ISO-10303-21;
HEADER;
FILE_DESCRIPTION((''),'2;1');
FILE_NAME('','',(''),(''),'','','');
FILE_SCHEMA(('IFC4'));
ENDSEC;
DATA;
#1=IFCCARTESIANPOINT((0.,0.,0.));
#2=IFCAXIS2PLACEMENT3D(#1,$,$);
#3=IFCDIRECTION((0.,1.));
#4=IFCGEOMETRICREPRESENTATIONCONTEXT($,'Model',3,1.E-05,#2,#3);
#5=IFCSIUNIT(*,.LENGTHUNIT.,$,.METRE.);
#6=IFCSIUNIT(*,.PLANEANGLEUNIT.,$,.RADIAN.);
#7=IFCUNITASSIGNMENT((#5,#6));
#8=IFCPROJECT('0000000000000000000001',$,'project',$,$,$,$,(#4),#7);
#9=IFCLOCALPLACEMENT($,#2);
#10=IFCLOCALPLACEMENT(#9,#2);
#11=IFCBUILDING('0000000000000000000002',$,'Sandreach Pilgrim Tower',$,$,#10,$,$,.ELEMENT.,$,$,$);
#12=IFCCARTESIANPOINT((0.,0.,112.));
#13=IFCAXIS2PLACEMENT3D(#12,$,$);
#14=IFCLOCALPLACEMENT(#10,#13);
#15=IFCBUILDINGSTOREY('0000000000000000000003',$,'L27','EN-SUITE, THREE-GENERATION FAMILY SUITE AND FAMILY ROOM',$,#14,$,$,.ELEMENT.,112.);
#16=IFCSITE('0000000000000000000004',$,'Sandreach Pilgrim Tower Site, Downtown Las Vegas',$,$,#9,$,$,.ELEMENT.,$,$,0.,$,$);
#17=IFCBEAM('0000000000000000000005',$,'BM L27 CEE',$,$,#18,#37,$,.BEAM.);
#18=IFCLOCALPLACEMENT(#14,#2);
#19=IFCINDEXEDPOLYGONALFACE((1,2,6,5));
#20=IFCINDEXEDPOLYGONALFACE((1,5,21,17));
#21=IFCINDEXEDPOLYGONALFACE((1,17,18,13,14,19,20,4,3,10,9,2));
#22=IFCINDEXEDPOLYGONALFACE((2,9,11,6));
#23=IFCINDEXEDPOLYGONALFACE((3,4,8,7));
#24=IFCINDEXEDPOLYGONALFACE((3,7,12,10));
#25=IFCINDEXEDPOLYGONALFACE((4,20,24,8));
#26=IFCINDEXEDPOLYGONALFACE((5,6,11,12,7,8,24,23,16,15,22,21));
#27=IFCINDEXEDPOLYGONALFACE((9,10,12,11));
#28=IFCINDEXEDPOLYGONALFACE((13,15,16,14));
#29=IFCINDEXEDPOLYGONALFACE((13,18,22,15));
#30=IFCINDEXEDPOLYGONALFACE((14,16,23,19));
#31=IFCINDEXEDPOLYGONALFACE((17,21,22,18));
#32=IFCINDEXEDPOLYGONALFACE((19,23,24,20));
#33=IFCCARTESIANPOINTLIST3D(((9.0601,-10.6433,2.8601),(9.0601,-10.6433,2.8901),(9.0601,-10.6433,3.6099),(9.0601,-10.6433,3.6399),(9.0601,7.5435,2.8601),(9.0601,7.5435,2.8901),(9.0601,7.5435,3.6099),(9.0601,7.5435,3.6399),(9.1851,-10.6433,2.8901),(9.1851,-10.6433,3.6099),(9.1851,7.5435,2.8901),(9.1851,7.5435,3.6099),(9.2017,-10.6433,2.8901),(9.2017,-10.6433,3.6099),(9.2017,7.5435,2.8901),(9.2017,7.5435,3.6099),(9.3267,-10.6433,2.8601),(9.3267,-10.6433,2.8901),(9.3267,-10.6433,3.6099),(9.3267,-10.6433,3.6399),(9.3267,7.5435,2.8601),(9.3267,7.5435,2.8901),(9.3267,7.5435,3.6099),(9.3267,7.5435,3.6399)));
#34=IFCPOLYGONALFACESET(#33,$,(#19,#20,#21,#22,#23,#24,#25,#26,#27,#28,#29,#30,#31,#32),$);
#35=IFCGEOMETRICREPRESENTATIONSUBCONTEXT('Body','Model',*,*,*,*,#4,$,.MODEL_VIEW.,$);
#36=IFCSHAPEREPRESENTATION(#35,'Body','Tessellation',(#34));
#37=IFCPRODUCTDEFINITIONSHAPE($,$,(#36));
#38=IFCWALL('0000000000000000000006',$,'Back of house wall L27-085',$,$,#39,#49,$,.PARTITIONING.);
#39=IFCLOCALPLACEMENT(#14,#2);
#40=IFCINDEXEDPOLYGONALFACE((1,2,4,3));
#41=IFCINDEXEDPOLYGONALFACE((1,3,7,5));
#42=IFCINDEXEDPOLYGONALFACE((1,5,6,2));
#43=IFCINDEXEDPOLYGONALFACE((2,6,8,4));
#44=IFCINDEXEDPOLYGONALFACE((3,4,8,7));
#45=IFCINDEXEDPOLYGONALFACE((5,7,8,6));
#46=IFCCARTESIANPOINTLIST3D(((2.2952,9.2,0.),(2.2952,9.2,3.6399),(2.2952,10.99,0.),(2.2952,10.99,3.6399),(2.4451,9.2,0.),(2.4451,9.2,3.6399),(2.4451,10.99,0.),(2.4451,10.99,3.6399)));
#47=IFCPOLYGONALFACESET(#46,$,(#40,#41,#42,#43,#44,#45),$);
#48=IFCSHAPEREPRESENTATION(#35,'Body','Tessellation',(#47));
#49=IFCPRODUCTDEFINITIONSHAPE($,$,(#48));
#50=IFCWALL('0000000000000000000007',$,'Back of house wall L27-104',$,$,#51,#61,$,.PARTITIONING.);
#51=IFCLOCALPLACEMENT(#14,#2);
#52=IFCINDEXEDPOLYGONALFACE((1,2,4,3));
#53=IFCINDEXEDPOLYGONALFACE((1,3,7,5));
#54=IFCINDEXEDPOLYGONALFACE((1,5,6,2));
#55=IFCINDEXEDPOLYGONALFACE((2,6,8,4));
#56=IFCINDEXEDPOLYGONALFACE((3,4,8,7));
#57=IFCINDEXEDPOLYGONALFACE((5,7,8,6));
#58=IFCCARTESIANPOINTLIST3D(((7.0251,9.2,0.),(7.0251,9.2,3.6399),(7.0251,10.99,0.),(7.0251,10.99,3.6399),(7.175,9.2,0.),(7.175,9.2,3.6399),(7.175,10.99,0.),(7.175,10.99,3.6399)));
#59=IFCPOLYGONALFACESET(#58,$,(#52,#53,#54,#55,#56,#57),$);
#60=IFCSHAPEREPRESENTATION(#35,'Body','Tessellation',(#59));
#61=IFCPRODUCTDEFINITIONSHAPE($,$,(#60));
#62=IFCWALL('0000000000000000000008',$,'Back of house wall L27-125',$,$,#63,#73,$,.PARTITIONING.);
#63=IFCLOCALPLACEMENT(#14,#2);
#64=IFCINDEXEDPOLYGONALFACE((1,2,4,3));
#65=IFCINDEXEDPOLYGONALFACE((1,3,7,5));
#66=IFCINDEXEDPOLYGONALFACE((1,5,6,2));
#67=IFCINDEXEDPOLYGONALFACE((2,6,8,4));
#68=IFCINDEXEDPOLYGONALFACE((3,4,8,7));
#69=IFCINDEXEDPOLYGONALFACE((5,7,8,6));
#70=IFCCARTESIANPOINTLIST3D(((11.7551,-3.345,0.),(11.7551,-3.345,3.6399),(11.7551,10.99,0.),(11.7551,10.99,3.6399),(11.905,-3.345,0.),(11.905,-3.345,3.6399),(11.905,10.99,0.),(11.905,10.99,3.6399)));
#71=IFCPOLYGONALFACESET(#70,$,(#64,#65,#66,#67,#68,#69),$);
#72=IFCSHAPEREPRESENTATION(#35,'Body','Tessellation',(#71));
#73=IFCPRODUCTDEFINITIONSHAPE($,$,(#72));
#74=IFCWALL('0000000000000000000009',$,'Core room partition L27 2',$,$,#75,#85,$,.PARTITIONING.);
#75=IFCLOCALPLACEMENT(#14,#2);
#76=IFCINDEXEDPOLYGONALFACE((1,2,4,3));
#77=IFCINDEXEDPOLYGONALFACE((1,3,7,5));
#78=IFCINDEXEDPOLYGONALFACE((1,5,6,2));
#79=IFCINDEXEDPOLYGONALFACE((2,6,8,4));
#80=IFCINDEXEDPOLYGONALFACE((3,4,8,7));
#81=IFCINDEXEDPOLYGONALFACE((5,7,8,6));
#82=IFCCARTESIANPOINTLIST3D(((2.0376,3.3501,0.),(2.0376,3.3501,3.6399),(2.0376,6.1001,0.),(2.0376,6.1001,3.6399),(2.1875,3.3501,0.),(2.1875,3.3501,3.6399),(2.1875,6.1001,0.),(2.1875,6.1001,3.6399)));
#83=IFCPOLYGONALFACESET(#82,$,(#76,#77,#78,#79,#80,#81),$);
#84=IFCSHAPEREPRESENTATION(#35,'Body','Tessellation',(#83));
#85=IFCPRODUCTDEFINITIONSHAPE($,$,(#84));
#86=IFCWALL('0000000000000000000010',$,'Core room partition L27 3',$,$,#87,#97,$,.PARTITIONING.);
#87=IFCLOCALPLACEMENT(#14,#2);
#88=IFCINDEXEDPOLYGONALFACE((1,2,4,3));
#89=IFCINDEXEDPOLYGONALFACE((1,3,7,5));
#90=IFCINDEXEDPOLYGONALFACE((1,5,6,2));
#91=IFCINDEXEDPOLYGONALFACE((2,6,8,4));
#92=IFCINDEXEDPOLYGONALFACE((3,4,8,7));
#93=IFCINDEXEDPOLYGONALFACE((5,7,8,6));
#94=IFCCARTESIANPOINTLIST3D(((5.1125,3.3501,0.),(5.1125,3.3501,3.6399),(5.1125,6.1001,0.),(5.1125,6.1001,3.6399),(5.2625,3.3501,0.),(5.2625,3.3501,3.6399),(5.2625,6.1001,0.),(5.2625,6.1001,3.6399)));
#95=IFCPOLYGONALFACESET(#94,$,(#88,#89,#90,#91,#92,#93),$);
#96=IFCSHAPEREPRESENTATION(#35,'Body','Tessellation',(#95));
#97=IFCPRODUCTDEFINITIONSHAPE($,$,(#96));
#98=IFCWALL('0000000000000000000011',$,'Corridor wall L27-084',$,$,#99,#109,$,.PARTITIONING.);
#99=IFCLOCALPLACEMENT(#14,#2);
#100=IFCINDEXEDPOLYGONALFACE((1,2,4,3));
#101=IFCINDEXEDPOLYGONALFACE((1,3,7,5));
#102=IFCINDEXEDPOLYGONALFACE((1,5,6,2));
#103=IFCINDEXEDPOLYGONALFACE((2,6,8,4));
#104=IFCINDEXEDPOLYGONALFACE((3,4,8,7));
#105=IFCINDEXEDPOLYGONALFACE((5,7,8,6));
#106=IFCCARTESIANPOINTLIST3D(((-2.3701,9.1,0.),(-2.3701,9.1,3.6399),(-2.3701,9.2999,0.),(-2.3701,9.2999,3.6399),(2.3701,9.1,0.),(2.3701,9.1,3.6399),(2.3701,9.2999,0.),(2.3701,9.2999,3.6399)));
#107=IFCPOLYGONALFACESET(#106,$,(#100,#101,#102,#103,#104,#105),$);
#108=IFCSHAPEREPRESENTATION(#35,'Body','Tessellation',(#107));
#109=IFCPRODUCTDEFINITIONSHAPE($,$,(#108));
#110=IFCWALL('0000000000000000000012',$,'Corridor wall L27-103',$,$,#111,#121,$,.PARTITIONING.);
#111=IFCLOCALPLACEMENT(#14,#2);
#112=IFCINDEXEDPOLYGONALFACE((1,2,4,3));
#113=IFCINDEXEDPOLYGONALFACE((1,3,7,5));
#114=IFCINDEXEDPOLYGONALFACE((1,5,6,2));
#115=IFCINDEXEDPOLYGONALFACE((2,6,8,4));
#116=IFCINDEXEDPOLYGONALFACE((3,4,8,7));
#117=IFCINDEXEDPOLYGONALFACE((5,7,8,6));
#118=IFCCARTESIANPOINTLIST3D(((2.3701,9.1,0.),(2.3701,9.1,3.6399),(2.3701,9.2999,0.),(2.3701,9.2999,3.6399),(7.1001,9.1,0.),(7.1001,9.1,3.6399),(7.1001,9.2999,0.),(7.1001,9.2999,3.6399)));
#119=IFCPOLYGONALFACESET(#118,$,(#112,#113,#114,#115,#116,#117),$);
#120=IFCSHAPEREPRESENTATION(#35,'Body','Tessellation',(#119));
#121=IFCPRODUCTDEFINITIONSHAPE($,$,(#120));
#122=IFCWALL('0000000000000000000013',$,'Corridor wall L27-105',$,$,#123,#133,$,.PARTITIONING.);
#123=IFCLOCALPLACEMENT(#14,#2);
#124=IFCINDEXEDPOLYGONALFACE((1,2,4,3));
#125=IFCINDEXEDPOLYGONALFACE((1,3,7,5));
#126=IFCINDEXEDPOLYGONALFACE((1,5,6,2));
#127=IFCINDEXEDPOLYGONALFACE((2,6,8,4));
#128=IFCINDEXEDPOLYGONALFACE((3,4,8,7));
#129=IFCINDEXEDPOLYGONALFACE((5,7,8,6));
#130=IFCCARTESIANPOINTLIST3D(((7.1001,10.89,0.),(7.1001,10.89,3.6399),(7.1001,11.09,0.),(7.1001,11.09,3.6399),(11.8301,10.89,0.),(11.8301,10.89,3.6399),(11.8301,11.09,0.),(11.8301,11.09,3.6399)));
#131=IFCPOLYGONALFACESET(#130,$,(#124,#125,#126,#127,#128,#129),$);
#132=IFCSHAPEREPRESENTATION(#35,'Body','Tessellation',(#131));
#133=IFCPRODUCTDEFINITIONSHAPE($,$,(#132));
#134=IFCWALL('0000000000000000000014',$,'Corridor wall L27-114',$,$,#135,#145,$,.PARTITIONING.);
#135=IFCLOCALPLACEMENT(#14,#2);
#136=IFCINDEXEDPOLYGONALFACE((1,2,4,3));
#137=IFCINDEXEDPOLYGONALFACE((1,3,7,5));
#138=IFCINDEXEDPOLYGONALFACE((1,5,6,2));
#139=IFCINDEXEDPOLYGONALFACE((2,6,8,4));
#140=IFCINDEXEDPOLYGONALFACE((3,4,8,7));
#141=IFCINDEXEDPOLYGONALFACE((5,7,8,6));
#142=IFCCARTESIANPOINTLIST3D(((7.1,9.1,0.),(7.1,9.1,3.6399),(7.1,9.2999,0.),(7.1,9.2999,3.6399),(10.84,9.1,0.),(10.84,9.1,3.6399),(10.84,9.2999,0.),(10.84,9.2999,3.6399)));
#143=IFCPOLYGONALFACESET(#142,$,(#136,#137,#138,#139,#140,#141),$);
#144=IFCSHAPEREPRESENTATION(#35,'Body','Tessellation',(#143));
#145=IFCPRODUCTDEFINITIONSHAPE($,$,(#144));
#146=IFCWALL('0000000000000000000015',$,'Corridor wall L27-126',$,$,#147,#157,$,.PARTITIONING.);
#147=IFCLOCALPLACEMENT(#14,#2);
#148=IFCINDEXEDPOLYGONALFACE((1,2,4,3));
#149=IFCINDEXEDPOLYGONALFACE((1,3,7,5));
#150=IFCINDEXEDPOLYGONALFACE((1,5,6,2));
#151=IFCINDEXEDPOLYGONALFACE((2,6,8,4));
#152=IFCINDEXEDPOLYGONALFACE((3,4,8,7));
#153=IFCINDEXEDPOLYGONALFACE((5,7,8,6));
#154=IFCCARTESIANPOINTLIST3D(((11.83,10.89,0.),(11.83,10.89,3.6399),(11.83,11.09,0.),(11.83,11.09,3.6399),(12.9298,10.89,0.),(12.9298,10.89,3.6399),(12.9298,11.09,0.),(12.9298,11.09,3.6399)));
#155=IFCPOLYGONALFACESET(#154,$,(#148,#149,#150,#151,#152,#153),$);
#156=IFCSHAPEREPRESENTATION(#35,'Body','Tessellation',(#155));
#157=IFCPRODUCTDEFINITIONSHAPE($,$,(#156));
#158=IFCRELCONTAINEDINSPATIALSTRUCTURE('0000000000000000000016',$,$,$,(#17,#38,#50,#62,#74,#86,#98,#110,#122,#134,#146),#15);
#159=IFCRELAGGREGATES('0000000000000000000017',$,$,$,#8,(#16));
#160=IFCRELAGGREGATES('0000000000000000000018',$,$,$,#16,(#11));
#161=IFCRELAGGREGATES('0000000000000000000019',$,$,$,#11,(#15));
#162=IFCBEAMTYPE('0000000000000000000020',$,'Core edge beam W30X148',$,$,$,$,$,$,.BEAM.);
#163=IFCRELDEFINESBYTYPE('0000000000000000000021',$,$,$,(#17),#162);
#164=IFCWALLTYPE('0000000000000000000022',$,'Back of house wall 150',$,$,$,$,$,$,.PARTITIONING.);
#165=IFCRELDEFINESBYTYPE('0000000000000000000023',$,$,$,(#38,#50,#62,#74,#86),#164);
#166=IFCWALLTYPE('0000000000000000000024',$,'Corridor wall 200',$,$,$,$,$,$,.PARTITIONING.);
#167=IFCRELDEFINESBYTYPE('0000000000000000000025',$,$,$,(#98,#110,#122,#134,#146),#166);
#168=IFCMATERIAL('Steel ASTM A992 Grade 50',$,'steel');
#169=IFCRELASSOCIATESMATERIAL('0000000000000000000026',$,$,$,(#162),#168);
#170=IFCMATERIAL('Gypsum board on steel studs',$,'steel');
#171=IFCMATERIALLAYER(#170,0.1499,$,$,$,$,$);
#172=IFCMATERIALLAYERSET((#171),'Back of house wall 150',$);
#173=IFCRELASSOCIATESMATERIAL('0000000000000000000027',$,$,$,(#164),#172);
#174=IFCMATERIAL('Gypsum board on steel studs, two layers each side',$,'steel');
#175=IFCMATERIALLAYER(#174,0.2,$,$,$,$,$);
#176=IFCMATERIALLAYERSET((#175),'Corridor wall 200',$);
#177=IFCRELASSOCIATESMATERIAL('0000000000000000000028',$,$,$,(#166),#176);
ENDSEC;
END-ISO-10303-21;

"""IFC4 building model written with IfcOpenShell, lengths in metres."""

from ifc_helpers import new_model, si_unit, direction, frame, frame_2d, origin, origin_2d, place, context, subcontext, project, spatial, rectangle, i_section, extrude, material, layer, layer_set, material_profile, profile_set, type_object, element, save


model = new_model("IFC4")

# Units and contexts
model_context = context("Model", 3, precision=1e-05, world=origin(), true_north=direction((0.0, 1.0)))
body_context = subcontext(model_context, "Body", "Model", "MODEL_VIEW")
ifc_project = project(units=[si_unit("LENGTHUNIT", "METRE"), si_unit("PLANEANGLEUNIT", "RADIAN")], contexts=[model_context])

# Site, building, storey
site_placement = place(None, origin())
site = spatial("IfcSite", under=ifc_project, at=site_placement, Name="Sandreach Pilgrim Tower Site, Downtown Las Vegas", CompositionType="ELEMENT", RefElevation=0.0)
building_placement = place(site_placement, origin())
building = spatial("IfcBuilding", under=site, at=building_placement, Name="Sandreach Pilgrim Tower", CompositionType="ELEMENT")
storey_placement = place(building_placement, frame((0.0, 0.0, 112.0)))
storey = spatial("IfcBuildingStorey", under=building, at=storey_placement, Name="L27", Description="EN-SUITE, THREE-GENERATION FAMILY SUITE AND FAMILY ROOM", CompositionType="ELEMENT", Elevation=112.0)

# Beam
ifc_material_1 = material(Name="Steel ASTM A992 Grade 50", Category="steel")
ifc_material_profile = material_profile(ifc_material_1, i_section(OverallWidth=0.2666, OverallDepth=0.7798, WebThickness=0.0166, FlangeThickness=0.03, at=origin_2d()), Name="W30X148")
ifc_profile_set = profile_set([ifc_material_profile], Name="Steel ASTM A992 Grade 50")
beam_type = type_object("IfcBeamType", Name="Core edge beam W30X148", PredefinedType="BEAM", material=ifc_profile_set)
beam_placement = place(storey_placement, frame((9.1934, 7.5435, 3.25), z_axis=(0.0, -1.0, 0.0), x_axis=(1.0, 0.0, 0.0)))
element("IfcBeam", 1, at=beam_placement, inside=storey, type_object=beam_type, Name="BM L27 CEE", PredefinedType="BEAM", context=body_context, shape_type="SweptSolid", body=[
    extrude(i_section(OverallWidth=0.2666, OverallDepth=0.7798, WebThickness=0.0166, FlangeThickness=0.03, at=origin_2d()), origin(), (0.0, 0.0, 1.0), 18.1868),
])

# Walls
ifc_material_2 = material(Name="Gypsum board on steel studs", Category="steel")
ifc_layer_1 = layer(ifc_material_2, 0.1499)
ifc_layer_set_1 = layer_set([ifc_layer_1], Name="Back of house wall 150")
wall_type_1 = type_object("IfcWallType", Name="Back of house wall 150", PredefinedType="PARTITIONING", material=ifc_layer_set_1)
for number, where, z_axis, x_axis, name in (
    (2, (2.3701, 10.99, 0.0), (0.0, 0.0, 1.0), (0.0, -1.0, 0.0), "Back of house wall L27-085"),
    (3, (7.1001, 10.99, 0.0), (0.0, 0.0, 1.0), (0.0, -1.0, 0.0), "Back of house wall L27-104"),
):
    element("IfcWall", number, at=place(storey_placement, frame(where, z_axis=z_axis, x_axis=x_axis)), inside=storey, type_object=wall_type_1, Name=name, PredefinedType="PARTITIONING", context=body_context, shape_type="SweptSolid", body=[
        extrude(rectangle(XDim=1.79, YDim=0.1499, at=frame_2d((0.895, 0.0))), origin(), (0.0, 0.0, 1.0), 3.6399),
    ])
wall_1_placement = place(storey_placement, frame((11.8301, 10.99, 0.0), z_axis=(0.0, 0.0, 1.0), x_axis=(0.0, -1.0, 0.0)))
element("IfcWall", 4, at=wall_1_placement, inside=storey, type_object=wall_type_1, Name="Back of house wall L27-125", PredefinedType="PARTITIONING", context=body_context, shape_type="SweptSolid", body=[
    extrude(rectangle(XDim=14.335, YDim=0.1499, at=frame_2d((7.1675, 0.0))), origin(), (0.0, 0.0, 1.0), 3.6399),
])
for number, where, z_axis, x_axis, name in (
    (5, (2.1125, 3.3501, 0.0), (0.0, 0.0, 1.0), (0.0, 1.0, 0.0), "Core room partition L27 2"),
    (6, (5.1875, 3.3501, 0.0), (0.0, 0.0, 1.0), (0.0, 1.0, 0.0), "Core room partition L27 3"),
):
    element("IfcWall", number, at=place(storey_placement, frame(where, z_axis=z_axis, x_axis=x_axis)), inside=storey, type_object=wall_type_1, Name=name, PredefinedType="PARTITIONING", context=body_context, shape_type="SweptSolid", body=[
        extrude(rectangle(XDim=2.75, YDim=0.1499, at=frame_2d((1.375, 0.0))), origin(), (0.0, 0.0, 1.0), 3.6399),
    ])

# Wall
ifc_material_3 = material(Name="Gypsum board on steel studs, two layers each side", Category="steel")
ifc_layer_2 = layer(ifc_material_3, 0.2)
ifc_layer_set_2 = layer_set([ifc_layer_2], Name="Corridor wall 200")
wall_type_2 = type_object("IfcWallType", Name="Corridor wall 200", PredefinedType="PARTITIONING", material=ifc_layer_set_2)
wall_2_placement = place(storey_placement, frame((2.3701, 9.2, 0.0), z_axis=(0.0, 0.0, 1.0), x_axis=(-1.0, 0.0, 0.0)))
element("IfcWall", 7, at=wall_2_placement, inside=storey, type_object=wall_type_2, Name="Corridor wall L27-084", PredefinedType="PARTITIONING", context=body_context, shape_type="SweptSolid", body=[
    extrude(rectangle(XDim=4.7402, YDim=0.2, at=frame_2d((2.3701, 0.0))), origin(), (0.0, 0.0, 1.0), 3.6399),
])

# Walls
for number, where, z_axis, x_axis, name in (
    (8, (7.1001, 9.2, 0.0), (0.0, 0.0, 1.0), (-1.0, 0.0, 0.0), "Corridor wall L27-103"),
    (9, (7.1001, 10.99, 0.0), (0.0, 0.0, 1.0), (1.0, 0.0, 0.0), "Corridor wall L27-105"),
):
    element("IfcWall", number, at=place(storey_placement, frame(where, z_axis=z_axis, x_axis=x_axis)), inside=storey, type_object=wall_type_2, Name=name, PredefinedType="PARTITIONING", context=body_context, shape_type="SweptSolid", body=[
        extrude(rectangle(XDim=4.73, YDim=0.2, at=frame_2d((2.365, 0.0))), origin(), (0.0, 0.0, 1.0), 3.6399),
    ])
wall_3_placement = place(storey_placement, frame((10.8401, 9.2, 0.0), z_axis=(0.0, 0.0, 1.0), x_axis=(-1.0, 0.0, 0.0)))
element("IfcWall", 10, at=wall_3_placement, inside=storey, type_object=wall_type_2, Name="Corridor wall L27-114", PredefinedType="PARTITIONING", context=body_context, shape_type="SweptSolid", body=[
    extrude(rectangle(XDim=3.74, YDim=0.2, at=frame_2d((1.8701, 0.0))), origin(), (0.0, 0.0, 1.0), 3.6399),
])
wall_4_placement = place(storey_placement, frame((11.8301, 10.99, 0.0), z_axis=(0.0, 0.0, 1.0), x_axis=(1.0, 0.0, 0.0)))
element("IfcWall", 11, at=wall_4_placement, inside=storey, type_object=wall_type_2, Name="Corridor wall L27-126", PredefinedType="PARTITIONING", context=body_context, shape_type="SweptSolid", body=[
    extrude(rectangle(XDim=1.0999, YDim=0.2, at=frame_2d((0.5498, 0.0))), origin(), (0.0, 0.0, 1.0), 3.6399),
])

save(model, "model.ifc")
